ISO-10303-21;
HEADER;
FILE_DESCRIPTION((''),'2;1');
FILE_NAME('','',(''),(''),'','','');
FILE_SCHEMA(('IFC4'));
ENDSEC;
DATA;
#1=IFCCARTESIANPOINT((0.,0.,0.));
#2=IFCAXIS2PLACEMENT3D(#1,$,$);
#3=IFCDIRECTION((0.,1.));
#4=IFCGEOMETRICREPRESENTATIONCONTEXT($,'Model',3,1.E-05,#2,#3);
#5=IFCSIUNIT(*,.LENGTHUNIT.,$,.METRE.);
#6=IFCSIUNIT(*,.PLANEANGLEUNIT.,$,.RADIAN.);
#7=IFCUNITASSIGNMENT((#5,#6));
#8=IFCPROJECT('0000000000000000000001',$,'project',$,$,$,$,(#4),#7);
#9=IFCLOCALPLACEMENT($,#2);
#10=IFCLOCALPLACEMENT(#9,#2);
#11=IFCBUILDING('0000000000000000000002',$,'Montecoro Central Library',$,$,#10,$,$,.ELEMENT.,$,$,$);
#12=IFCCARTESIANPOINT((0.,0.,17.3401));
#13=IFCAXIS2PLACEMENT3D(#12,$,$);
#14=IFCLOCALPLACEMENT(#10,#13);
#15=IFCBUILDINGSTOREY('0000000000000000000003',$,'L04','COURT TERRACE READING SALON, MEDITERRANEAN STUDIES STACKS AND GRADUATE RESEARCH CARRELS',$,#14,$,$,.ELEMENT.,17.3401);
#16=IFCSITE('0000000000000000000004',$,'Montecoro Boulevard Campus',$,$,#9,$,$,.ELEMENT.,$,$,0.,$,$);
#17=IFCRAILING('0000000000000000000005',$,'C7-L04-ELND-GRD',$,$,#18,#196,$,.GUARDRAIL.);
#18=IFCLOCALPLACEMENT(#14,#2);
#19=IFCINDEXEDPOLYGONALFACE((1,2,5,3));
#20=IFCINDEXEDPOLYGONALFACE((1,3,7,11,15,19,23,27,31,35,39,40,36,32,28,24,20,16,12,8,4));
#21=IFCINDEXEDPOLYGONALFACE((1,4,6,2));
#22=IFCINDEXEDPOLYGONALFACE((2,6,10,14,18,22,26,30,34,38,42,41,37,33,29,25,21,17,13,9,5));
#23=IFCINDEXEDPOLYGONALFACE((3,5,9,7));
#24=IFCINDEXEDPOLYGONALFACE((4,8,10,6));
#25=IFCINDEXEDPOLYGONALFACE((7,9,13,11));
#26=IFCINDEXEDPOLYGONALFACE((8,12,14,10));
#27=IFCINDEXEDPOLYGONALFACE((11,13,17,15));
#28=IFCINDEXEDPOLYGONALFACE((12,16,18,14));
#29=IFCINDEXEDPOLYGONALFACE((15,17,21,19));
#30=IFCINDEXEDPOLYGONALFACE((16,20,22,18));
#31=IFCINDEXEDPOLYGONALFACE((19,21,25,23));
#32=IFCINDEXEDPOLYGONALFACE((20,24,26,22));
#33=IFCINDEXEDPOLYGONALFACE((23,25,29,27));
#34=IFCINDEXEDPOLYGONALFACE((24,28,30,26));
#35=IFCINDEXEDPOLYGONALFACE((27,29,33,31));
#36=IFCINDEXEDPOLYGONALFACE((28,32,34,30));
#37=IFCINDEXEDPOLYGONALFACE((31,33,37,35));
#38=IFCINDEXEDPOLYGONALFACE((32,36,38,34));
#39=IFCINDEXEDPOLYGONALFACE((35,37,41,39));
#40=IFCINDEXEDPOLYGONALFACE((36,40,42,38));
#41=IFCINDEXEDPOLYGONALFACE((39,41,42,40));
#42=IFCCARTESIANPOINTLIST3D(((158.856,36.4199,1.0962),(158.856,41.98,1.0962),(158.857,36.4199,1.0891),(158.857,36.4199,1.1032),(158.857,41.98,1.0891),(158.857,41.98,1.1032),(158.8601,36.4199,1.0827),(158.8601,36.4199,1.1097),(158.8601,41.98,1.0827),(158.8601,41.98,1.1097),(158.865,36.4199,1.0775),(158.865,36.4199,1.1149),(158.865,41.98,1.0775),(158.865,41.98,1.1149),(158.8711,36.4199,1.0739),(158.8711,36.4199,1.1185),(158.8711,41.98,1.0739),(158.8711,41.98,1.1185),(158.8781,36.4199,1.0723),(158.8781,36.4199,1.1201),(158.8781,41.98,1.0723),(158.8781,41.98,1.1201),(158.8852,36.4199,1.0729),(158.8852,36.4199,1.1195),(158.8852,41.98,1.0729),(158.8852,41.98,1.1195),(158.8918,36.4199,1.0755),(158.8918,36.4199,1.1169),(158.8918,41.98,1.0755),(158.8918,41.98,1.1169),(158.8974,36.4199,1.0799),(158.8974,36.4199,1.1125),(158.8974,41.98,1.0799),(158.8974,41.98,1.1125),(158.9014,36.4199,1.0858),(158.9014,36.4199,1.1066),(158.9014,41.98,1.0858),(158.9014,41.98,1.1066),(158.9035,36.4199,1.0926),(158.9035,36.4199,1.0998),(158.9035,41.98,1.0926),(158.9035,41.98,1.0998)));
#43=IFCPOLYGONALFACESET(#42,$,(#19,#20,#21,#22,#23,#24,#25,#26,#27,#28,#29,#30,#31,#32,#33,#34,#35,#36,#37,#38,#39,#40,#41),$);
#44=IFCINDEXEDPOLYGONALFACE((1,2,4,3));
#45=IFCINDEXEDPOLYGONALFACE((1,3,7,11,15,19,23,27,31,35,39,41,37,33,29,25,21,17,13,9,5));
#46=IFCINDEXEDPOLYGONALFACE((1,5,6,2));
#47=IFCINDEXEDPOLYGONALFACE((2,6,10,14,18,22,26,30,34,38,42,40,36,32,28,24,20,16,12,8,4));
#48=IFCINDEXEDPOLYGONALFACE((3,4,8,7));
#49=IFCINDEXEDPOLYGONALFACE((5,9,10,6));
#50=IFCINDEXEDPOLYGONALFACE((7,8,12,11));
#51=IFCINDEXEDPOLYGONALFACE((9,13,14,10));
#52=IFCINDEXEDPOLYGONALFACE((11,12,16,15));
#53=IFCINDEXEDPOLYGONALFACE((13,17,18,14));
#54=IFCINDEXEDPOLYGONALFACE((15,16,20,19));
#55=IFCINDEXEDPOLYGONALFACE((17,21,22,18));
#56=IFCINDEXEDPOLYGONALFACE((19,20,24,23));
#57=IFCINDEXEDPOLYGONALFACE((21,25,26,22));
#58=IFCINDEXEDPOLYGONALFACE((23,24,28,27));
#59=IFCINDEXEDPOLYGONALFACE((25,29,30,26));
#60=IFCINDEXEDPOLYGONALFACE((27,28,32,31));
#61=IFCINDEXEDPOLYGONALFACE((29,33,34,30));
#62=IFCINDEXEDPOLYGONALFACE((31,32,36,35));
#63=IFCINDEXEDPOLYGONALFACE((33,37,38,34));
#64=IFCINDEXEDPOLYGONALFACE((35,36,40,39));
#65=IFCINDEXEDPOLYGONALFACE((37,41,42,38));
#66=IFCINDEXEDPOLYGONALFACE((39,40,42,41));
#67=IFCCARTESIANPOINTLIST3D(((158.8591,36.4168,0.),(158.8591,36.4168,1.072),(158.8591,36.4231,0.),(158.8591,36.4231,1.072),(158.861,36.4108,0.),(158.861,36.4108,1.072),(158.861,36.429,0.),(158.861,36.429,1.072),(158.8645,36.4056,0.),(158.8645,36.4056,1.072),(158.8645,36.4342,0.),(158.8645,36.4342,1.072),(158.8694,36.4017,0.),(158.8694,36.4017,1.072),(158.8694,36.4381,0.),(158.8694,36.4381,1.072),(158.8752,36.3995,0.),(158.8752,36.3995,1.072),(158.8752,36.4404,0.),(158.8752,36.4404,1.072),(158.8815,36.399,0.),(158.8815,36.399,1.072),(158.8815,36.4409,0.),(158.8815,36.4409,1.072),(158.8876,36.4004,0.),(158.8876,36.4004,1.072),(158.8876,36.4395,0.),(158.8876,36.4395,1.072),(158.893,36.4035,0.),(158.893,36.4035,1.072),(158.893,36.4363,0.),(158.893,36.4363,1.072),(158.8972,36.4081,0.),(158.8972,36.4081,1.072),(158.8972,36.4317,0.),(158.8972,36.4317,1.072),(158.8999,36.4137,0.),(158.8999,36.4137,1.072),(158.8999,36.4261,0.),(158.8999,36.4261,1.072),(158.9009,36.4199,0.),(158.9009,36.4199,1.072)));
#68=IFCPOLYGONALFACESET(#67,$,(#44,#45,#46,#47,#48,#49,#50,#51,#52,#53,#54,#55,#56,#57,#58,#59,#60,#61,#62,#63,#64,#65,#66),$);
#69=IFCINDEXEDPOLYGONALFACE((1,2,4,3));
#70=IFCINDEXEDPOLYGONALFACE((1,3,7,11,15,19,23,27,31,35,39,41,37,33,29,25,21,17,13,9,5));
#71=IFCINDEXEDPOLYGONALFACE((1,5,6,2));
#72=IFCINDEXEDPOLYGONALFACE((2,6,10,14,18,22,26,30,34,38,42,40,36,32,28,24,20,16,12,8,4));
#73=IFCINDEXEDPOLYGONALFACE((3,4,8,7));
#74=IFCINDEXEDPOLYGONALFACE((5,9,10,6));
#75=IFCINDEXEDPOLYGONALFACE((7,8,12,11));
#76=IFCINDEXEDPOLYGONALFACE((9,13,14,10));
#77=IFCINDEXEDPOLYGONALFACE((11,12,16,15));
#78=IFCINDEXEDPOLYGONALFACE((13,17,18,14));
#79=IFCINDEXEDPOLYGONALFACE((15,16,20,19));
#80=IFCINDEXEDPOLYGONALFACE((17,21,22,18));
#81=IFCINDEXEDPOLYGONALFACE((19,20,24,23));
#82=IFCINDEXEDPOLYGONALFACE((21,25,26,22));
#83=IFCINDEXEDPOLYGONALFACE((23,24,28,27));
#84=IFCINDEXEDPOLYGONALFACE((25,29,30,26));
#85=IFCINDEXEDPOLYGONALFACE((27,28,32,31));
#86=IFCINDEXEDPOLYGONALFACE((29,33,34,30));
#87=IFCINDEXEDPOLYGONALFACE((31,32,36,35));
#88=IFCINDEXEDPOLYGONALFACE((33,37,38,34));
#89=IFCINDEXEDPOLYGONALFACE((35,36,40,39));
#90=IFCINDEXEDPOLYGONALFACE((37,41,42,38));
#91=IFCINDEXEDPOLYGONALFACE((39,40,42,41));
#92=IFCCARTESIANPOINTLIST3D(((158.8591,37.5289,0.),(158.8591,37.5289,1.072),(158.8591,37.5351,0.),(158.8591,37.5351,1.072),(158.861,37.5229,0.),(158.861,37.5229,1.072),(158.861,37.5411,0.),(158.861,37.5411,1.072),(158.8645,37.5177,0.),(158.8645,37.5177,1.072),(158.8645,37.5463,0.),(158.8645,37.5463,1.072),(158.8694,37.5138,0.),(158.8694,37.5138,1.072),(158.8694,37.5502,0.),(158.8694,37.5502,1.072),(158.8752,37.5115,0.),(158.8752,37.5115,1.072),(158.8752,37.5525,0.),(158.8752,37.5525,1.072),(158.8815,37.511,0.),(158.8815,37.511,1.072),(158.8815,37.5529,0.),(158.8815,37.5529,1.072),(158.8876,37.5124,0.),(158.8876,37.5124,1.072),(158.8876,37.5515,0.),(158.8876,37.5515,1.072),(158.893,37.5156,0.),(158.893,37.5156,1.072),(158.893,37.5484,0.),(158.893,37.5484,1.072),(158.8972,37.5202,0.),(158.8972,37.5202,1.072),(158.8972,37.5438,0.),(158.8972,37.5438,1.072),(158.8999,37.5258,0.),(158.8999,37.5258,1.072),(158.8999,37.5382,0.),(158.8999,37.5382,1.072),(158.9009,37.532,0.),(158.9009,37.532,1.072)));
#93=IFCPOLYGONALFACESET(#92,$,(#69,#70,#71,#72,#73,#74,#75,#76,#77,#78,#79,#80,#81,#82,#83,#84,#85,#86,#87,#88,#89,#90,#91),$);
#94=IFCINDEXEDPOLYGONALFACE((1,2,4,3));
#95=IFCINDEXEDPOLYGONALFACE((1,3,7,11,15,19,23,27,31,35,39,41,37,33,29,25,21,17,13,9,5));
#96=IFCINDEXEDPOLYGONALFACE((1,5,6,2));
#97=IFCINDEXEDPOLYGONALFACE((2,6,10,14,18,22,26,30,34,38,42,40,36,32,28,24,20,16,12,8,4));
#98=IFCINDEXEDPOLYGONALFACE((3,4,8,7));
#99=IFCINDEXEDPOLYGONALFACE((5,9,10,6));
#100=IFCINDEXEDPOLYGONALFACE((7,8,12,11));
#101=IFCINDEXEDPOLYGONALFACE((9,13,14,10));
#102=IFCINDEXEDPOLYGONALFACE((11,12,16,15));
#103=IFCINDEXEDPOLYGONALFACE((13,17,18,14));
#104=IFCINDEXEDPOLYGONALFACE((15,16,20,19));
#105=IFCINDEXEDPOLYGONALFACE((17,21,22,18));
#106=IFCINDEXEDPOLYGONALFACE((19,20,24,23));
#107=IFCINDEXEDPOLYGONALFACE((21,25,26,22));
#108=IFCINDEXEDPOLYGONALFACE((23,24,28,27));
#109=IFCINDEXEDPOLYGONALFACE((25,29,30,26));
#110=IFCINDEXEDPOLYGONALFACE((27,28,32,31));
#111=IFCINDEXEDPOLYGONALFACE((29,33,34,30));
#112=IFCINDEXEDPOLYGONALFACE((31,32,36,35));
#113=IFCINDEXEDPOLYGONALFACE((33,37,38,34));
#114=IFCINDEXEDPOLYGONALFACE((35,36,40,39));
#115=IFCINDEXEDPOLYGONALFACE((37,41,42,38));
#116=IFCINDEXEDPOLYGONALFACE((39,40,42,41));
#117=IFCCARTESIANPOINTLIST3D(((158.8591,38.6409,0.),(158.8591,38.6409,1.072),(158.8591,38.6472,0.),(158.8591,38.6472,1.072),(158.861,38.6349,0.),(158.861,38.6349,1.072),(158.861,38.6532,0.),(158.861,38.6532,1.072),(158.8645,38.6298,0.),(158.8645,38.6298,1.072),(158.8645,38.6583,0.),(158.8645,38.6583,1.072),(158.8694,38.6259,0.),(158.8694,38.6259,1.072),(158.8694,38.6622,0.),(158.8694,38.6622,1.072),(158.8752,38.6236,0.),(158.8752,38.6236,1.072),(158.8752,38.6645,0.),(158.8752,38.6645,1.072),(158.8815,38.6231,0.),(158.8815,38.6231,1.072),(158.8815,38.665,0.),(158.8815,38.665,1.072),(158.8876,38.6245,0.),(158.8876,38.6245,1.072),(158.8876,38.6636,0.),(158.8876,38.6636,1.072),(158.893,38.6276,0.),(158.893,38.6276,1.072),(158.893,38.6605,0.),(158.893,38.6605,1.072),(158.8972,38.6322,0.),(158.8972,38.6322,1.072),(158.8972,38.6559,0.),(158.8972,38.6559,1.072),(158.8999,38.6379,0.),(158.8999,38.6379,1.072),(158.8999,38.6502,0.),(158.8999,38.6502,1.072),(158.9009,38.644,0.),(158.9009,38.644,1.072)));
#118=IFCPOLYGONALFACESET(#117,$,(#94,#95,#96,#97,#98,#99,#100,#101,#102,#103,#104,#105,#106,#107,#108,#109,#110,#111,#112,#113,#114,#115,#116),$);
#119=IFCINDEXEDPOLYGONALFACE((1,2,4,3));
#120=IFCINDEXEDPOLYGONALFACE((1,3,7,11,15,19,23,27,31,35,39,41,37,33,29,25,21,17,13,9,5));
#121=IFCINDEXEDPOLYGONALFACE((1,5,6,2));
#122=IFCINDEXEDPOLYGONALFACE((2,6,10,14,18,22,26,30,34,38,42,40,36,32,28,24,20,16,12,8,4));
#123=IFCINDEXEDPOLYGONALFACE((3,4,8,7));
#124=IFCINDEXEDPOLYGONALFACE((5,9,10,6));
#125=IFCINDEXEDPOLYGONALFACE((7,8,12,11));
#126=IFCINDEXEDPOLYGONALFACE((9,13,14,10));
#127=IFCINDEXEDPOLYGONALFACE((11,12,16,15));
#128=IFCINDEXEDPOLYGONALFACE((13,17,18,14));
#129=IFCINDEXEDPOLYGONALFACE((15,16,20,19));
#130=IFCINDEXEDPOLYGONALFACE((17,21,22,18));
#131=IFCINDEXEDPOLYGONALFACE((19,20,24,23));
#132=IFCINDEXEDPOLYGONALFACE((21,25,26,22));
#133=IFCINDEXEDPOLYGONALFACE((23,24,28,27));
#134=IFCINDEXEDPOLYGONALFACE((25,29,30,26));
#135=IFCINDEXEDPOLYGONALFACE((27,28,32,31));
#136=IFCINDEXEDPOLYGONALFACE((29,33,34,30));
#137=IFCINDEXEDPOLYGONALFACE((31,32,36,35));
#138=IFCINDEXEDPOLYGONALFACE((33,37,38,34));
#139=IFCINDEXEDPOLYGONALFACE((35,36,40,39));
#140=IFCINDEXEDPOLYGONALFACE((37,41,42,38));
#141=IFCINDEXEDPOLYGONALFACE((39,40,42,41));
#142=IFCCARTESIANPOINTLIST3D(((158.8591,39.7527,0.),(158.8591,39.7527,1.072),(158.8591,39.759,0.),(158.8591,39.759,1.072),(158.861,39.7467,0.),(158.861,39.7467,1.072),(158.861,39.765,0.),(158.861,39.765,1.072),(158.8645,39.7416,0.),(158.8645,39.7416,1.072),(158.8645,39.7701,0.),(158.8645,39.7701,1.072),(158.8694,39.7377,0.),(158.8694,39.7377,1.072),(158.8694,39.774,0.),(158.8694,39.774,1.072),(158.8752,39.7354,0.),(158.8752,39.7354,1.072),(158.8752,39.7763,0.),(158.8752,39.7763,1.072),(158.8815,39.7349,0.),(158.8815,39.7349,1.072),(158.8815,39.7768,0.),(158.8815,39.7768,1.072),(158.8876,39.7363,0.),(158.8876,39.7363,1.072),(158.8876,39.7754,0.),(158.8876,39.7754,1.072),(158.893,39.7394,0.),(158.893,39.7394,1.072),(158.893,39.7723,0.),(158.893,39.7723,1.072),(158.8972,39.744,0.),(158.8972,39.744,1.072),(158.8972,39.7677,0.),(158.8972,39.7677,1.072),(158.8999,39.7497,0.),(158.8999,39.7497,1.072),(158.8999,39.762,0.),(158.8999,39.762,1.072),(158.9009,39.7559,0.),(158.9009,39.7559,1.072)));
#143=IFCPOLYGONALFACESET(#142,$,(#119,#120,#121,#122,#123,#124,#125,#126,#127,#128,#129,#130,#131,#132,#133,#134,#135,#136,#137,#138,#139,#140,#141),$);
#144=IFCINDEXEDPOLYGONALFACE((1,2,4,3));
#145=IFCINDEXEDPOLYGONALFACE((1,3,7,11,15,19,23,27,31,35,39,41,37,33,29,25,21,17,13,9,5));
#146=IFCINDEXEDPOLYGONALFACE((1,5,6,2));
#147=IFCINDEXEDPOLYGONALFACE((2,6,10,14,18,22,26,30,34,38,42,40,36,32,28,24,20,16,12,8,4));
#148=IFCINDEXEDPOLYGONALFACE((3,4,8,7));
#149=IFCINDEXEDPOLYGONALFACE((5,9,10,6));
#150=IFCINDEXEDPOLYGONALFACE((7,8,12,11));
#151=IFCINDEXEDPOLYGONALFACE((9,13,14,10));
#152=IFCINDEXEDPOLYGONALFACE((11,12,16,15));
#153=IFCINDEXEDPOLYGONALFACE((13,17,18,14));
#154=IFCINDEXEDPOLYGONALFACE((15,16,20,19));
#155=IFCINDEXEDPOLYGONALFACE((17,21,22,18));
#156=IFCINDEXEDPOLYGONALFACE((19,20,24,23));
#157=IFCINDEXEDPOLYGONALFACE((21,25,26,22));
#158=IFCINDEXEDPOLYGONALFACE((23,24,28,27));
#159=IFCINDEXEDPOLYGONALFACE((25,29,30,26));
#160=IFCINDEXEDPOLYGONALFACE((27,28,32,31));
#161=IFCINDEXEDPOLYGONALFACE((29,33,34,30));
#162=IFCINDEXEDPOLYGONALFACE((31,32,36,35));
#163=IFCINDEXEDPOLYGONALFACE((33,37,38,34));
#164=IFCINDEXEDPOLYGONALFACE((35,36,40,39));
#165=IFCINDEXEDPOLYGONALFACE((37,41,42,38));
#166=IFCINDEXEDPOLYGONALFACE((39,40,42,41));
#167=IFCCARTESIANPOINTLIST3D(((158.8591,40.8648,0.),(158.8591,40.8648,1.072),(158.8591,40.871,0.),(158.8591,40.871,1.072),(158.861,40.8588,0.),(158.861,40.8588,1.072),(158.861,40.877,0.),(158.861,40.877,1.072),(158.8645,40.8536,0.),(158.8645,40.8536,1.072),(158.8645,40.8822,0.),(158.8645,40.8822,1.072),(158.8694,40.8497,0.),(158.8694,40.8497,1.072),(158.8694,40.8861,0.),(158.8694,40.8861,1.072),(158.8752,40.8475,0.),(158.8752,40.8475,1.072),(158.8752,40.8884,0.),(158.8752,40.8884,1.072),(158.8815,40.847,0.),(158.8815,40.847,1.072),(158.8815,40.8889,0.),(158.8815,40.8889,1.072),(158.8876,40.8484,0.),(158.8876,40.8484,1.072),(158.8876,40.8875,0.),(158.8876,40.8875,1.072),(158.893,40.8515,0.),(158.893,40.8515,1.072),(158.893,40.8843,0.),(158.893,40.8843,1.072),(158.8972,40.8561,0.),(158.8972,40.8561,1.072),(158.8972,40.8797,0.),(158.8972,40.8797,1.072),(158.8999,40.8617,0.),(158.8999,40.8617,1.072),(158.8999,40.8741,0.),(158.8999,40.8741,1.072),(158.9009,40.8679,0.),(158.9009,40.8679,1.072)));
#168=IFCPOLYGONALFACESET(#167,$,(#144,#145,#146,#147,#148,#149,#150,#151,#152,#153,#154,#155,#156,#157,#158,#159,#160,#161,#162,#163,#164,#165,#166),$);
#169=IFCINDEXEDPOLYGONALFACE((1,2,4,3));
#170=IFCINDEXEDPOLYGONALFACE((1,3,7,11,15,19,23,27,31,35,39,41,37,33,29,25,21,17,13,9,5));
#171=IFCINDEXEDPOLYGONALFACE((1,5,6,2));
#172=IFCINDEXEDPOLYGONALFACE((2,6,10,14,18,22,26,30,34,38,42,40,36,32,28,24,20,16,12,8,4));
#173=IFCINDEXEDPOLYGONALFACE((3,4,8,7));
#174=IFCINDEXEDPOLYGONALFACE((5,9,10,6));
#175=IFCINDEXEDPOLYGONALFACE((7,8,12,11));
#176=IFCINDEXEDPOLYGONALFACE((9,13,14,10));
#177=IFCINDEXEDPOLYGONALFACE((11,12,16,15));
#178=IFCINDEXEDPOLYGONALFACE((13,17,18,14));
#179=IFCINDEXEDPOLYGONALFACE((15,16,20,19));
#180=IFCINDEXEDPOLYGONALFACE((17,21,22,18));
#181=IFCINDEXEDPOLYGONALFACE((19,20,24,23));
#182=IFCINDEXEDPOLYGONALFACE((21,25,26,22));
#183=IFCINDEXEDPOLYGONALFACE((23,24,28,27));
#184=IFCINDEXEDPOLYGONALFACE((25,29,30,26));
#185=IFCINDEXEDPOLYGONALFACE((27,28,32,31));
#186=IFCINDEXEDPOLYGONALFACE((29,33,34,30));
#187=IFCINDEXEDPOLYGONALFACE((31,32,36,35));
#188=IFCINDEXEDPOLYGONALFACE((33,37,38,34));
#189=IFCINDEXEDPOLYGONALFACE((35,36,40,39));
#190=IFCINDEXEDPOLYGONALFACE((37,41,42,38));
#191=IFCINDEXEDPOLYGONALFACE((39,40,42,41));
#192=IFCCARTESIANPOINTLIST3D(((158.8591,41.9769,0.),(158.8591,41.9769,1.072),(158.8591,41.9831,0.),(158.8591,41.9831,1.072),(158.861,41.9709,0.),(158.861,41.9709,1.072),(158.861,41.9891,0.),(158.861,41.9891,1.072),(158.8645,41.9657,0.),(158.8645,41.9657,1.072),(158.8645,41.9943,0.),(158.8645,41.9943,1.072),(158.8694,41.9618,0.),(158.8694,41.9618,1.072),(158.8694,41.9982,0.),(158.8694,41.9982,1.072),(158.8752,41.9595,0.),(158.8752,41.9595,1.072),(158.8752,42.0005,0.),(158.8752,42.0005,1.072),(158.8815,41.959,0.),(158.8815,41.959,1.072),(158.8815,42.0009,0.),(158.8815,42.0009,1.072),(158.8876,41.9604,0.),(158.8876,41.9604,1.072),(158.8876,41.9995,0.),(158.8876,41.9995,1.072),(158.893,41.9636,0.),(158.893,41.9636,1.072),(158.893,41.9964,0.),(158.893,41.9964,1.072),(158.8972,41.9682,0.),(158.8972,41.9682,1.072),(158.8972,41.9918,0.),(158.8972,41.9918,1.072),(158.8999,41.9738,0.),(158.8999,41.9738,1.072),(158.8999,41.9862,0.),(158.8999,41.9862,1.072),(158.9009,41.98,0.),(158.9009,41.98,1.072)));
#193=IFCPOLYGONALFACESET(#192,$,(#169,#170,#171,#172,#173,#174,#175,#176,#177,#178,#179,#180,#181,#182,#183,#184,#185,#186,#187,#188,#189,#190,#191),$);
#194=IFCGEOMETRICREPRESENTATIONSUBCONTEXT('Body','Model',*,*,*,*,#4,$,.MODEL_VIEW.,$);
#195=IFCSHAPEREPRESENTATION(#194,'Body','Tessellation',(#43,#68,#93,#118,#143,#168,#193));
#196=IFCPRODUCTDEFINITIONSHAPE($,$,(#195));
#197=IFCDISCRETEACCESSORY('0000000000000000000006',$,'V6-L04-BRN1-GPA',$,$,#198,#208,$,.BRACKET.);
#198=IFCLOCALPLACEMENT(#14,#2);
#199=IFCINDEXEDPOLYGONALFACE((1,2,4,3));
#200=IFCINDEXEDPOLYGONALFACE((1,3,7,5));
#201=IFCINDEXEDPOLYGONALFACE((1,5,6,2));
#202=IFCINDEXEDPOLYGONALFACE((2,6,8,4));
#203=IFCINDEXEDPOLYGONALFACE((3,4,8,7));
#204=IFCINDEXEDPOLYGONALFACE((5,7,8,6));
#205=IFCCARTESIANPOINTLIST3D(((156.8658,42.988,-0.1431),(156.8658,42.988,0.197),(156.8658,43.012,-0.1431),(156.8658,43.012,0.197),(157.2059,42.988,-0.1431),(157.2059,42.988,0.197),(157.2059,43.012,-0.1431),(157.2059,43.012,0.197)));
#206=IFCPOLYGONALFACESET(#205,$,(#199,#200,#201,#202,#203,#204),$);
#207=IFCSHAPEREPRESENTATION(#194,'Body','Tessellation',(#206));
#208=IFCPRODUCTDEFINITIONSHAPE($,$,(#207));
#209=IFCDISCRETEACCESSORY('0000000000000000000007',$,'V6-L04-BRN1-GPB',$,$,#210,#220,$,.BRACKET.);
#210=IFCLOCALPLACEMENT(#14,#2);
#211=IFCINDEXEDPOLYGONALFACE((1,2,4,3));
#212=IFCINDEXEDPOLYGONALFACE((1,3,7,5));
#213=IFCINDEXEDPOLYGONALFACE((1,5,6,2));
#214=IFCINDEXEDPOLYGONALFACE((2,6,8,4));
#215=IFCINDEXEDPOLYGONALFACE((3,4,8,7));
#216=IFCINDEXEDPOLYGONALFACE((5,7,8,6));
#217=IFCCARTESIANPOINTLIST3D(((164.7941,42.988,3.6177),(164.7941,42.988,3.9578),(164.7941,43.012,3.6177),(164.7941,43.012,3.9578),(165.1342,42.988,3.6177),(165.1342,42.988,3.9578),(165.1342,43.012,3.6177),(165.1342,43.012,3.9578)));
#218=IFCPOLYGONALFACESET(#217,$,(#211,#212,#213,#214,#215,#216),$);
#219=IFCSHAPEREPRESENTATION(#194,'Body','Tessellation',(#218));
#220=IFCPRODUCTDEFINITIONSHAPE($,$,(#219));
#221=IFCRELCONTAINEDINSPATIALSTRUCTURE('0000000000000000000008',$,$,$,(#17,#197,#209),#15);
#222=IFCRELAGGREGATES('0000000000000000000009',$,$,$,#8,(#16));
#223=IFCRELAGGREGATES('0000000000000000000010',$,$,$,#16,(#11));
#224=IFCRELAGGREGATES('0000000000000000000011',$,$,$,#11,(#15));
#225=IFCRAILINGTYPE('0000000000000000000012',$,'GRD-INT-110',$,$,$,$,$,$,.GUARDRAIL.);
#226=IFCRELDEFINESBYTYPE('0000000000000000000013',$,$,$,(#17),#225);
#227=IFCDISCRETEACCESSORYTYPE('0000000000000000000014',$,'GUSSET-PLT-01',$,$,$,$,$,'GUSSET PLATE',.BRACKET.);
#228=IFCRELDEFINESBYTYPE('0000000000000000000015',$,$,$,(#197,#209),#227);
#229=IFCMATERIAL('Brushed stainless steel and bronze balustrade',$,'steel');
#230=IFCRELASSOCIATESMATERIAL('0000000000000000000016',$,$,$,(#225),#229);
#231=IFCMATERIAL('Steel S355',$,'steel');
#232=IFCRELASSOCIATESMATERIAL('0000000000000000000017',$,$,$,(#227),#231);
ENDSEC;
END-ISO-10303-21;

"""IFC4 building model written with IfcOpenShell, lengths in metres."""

from ifc_helpers import new_model, si_unit, direction, frame, origin, origin_2d, place, context, subcontext, project, spatial, rectangle, circle, extrude, material, type_object, element, save


model = new_model("IFC4")

# Units and contexts
model_context = context("Model", 3, precision=1e-05, world=origin(), true_north=direction((0.0, 1.0)))
body_context = subcontext(model_context, "Body", "Model", "MODEL_VIEW")
ifc_project = project(units=[si_unit("LENGTHUNIT", "METRE"), si_unit("PLANEANGLEUNIT", "RADIAN")], contexts=[model_context])

# Site, building, storey
site_placement = place(None, origin())
site = spatial("IfcSite", under=ifc_project, at=site_placement, Name="Montecoro Boulevard Campus", CompositionType="ELEMENT", RefElevation=0.0)
building_placement = place(site_placement, origin())
building = spatial("IfcBuilding", under=site, at=building_placement, Name="Montecoro Central Library", CompositionType="ELEMENT")
storey_placement = place(building_placement, frame((0.0, 0.0, 17.3401)))
storey = spatial("IfcBuildingStorey", under=building, at=storey_placement, Name="L04", Description="COURT TERRACE READING SALON, MEDITERRANEAN STUDIES STACKS AND GRADUATE RESEARCH CARRELS", CompositionType="ELEMENT", Elevation=17.3401)

# Shared definitions
ifc_material_1 = material(Name="Steel S355", Category="steel")

# Railing
ifc_material_2 = material(Name="Brushed stainless steel and bronze balustrade", Category="steel")
railing_type = type_object("IfcRailingType", Name="GRD-INT-110", PredefinedType="GUARDRAIL", material=ifc_material_2)
railing_placement = place(storey_placement, frame((158.8799, 36.4199, 0.0)))
element("IfcRailing", 1, at=railing_placement, inside=storey, type_object=railing_type, Name="C7-L04-ELND-GRD", PredefinedType="GUARDRAIL", context=body_context, shape_type="SweptSolid", body=[
    extrude(circle(Radius=0.0239, at=origin_2d()), frame((0.0, 0.0, 1.0962), z_axis=(0.0, 1.0, 0.0), x_axis=(-1.0, 0.0, 0.0)), (0.0, 0.0, 1.0), 5.5601),
    extrude(circle(Radius=0.021, at=origin_2d()), origin(), (0.0, 0.0, 1.0), 1.072),
    extrude(circle(Radius=0.021, at=origin_2d()), frame((0.0, 1.1121, 0.0)), (0.0, 0.0, 1.0), 1.072),
    extrude(circle(Radius=0.021, at=origin_2d()), frame((0.0, 2.2241, 0.0)), (0.0, 0.0, 1.0), 1.072),
    extrude(circle(Radius=0.021, at=origin_2d()), frame((0.0, 3.3359, 0.0)), (0.0, 0.0, 1.0), 1.072),
    extrude(circle(Radius=0.021, at=origin_2d()), frame((0.0, 4.448, 0.0)), (0.0, 0.0, 1.0), 1.072),
    extrude(circle(Radius=0.021, at=origin_2d()), frame((0.0, 5.5601, 0.0)), (0.0, 0.0, 1.0), 1.072),
])

# Discrete accessories
discrete_accessory_type = type_object("IfcDiscreteAccessoryType", Name="GUSSET-PLT-01", ElementType="GUSSET PLATE", PredefinedType="BRACKET", material=ifc_material_1)
for number, where, z_axis, x_axis, name in (
    (2, (157.0359, 43.0, -0.1431), (0.0, 0.0, 1.0), (1.0, 0.0, 0.0), "V6-L04-BRN1-GPA"),
    (3, (164.9641, 43.0, 3.6177), (0.0, 0.0, 1.0), (1.0, 0.0, 0.0), "V6-L04-BRN1-GPB"),
):
    element("IfcDiscreteAccessory", number, at=place(storey_placement, frame(where, z_axis=z_axis, x_axis=x_axis)), inside=storey, type_object=discrete_accessory_type, Name=name, PredefinedType="BRACKET", context=body_context, shape_type="SweptSolid", body=[
        extrude(rectangle(XDim=0.3401, YDim=0.0239, at=origin_2d()), origin(), (0.0, 0.0, 1.0), 0.3401),
    ])

save(model, "model.ifc")
